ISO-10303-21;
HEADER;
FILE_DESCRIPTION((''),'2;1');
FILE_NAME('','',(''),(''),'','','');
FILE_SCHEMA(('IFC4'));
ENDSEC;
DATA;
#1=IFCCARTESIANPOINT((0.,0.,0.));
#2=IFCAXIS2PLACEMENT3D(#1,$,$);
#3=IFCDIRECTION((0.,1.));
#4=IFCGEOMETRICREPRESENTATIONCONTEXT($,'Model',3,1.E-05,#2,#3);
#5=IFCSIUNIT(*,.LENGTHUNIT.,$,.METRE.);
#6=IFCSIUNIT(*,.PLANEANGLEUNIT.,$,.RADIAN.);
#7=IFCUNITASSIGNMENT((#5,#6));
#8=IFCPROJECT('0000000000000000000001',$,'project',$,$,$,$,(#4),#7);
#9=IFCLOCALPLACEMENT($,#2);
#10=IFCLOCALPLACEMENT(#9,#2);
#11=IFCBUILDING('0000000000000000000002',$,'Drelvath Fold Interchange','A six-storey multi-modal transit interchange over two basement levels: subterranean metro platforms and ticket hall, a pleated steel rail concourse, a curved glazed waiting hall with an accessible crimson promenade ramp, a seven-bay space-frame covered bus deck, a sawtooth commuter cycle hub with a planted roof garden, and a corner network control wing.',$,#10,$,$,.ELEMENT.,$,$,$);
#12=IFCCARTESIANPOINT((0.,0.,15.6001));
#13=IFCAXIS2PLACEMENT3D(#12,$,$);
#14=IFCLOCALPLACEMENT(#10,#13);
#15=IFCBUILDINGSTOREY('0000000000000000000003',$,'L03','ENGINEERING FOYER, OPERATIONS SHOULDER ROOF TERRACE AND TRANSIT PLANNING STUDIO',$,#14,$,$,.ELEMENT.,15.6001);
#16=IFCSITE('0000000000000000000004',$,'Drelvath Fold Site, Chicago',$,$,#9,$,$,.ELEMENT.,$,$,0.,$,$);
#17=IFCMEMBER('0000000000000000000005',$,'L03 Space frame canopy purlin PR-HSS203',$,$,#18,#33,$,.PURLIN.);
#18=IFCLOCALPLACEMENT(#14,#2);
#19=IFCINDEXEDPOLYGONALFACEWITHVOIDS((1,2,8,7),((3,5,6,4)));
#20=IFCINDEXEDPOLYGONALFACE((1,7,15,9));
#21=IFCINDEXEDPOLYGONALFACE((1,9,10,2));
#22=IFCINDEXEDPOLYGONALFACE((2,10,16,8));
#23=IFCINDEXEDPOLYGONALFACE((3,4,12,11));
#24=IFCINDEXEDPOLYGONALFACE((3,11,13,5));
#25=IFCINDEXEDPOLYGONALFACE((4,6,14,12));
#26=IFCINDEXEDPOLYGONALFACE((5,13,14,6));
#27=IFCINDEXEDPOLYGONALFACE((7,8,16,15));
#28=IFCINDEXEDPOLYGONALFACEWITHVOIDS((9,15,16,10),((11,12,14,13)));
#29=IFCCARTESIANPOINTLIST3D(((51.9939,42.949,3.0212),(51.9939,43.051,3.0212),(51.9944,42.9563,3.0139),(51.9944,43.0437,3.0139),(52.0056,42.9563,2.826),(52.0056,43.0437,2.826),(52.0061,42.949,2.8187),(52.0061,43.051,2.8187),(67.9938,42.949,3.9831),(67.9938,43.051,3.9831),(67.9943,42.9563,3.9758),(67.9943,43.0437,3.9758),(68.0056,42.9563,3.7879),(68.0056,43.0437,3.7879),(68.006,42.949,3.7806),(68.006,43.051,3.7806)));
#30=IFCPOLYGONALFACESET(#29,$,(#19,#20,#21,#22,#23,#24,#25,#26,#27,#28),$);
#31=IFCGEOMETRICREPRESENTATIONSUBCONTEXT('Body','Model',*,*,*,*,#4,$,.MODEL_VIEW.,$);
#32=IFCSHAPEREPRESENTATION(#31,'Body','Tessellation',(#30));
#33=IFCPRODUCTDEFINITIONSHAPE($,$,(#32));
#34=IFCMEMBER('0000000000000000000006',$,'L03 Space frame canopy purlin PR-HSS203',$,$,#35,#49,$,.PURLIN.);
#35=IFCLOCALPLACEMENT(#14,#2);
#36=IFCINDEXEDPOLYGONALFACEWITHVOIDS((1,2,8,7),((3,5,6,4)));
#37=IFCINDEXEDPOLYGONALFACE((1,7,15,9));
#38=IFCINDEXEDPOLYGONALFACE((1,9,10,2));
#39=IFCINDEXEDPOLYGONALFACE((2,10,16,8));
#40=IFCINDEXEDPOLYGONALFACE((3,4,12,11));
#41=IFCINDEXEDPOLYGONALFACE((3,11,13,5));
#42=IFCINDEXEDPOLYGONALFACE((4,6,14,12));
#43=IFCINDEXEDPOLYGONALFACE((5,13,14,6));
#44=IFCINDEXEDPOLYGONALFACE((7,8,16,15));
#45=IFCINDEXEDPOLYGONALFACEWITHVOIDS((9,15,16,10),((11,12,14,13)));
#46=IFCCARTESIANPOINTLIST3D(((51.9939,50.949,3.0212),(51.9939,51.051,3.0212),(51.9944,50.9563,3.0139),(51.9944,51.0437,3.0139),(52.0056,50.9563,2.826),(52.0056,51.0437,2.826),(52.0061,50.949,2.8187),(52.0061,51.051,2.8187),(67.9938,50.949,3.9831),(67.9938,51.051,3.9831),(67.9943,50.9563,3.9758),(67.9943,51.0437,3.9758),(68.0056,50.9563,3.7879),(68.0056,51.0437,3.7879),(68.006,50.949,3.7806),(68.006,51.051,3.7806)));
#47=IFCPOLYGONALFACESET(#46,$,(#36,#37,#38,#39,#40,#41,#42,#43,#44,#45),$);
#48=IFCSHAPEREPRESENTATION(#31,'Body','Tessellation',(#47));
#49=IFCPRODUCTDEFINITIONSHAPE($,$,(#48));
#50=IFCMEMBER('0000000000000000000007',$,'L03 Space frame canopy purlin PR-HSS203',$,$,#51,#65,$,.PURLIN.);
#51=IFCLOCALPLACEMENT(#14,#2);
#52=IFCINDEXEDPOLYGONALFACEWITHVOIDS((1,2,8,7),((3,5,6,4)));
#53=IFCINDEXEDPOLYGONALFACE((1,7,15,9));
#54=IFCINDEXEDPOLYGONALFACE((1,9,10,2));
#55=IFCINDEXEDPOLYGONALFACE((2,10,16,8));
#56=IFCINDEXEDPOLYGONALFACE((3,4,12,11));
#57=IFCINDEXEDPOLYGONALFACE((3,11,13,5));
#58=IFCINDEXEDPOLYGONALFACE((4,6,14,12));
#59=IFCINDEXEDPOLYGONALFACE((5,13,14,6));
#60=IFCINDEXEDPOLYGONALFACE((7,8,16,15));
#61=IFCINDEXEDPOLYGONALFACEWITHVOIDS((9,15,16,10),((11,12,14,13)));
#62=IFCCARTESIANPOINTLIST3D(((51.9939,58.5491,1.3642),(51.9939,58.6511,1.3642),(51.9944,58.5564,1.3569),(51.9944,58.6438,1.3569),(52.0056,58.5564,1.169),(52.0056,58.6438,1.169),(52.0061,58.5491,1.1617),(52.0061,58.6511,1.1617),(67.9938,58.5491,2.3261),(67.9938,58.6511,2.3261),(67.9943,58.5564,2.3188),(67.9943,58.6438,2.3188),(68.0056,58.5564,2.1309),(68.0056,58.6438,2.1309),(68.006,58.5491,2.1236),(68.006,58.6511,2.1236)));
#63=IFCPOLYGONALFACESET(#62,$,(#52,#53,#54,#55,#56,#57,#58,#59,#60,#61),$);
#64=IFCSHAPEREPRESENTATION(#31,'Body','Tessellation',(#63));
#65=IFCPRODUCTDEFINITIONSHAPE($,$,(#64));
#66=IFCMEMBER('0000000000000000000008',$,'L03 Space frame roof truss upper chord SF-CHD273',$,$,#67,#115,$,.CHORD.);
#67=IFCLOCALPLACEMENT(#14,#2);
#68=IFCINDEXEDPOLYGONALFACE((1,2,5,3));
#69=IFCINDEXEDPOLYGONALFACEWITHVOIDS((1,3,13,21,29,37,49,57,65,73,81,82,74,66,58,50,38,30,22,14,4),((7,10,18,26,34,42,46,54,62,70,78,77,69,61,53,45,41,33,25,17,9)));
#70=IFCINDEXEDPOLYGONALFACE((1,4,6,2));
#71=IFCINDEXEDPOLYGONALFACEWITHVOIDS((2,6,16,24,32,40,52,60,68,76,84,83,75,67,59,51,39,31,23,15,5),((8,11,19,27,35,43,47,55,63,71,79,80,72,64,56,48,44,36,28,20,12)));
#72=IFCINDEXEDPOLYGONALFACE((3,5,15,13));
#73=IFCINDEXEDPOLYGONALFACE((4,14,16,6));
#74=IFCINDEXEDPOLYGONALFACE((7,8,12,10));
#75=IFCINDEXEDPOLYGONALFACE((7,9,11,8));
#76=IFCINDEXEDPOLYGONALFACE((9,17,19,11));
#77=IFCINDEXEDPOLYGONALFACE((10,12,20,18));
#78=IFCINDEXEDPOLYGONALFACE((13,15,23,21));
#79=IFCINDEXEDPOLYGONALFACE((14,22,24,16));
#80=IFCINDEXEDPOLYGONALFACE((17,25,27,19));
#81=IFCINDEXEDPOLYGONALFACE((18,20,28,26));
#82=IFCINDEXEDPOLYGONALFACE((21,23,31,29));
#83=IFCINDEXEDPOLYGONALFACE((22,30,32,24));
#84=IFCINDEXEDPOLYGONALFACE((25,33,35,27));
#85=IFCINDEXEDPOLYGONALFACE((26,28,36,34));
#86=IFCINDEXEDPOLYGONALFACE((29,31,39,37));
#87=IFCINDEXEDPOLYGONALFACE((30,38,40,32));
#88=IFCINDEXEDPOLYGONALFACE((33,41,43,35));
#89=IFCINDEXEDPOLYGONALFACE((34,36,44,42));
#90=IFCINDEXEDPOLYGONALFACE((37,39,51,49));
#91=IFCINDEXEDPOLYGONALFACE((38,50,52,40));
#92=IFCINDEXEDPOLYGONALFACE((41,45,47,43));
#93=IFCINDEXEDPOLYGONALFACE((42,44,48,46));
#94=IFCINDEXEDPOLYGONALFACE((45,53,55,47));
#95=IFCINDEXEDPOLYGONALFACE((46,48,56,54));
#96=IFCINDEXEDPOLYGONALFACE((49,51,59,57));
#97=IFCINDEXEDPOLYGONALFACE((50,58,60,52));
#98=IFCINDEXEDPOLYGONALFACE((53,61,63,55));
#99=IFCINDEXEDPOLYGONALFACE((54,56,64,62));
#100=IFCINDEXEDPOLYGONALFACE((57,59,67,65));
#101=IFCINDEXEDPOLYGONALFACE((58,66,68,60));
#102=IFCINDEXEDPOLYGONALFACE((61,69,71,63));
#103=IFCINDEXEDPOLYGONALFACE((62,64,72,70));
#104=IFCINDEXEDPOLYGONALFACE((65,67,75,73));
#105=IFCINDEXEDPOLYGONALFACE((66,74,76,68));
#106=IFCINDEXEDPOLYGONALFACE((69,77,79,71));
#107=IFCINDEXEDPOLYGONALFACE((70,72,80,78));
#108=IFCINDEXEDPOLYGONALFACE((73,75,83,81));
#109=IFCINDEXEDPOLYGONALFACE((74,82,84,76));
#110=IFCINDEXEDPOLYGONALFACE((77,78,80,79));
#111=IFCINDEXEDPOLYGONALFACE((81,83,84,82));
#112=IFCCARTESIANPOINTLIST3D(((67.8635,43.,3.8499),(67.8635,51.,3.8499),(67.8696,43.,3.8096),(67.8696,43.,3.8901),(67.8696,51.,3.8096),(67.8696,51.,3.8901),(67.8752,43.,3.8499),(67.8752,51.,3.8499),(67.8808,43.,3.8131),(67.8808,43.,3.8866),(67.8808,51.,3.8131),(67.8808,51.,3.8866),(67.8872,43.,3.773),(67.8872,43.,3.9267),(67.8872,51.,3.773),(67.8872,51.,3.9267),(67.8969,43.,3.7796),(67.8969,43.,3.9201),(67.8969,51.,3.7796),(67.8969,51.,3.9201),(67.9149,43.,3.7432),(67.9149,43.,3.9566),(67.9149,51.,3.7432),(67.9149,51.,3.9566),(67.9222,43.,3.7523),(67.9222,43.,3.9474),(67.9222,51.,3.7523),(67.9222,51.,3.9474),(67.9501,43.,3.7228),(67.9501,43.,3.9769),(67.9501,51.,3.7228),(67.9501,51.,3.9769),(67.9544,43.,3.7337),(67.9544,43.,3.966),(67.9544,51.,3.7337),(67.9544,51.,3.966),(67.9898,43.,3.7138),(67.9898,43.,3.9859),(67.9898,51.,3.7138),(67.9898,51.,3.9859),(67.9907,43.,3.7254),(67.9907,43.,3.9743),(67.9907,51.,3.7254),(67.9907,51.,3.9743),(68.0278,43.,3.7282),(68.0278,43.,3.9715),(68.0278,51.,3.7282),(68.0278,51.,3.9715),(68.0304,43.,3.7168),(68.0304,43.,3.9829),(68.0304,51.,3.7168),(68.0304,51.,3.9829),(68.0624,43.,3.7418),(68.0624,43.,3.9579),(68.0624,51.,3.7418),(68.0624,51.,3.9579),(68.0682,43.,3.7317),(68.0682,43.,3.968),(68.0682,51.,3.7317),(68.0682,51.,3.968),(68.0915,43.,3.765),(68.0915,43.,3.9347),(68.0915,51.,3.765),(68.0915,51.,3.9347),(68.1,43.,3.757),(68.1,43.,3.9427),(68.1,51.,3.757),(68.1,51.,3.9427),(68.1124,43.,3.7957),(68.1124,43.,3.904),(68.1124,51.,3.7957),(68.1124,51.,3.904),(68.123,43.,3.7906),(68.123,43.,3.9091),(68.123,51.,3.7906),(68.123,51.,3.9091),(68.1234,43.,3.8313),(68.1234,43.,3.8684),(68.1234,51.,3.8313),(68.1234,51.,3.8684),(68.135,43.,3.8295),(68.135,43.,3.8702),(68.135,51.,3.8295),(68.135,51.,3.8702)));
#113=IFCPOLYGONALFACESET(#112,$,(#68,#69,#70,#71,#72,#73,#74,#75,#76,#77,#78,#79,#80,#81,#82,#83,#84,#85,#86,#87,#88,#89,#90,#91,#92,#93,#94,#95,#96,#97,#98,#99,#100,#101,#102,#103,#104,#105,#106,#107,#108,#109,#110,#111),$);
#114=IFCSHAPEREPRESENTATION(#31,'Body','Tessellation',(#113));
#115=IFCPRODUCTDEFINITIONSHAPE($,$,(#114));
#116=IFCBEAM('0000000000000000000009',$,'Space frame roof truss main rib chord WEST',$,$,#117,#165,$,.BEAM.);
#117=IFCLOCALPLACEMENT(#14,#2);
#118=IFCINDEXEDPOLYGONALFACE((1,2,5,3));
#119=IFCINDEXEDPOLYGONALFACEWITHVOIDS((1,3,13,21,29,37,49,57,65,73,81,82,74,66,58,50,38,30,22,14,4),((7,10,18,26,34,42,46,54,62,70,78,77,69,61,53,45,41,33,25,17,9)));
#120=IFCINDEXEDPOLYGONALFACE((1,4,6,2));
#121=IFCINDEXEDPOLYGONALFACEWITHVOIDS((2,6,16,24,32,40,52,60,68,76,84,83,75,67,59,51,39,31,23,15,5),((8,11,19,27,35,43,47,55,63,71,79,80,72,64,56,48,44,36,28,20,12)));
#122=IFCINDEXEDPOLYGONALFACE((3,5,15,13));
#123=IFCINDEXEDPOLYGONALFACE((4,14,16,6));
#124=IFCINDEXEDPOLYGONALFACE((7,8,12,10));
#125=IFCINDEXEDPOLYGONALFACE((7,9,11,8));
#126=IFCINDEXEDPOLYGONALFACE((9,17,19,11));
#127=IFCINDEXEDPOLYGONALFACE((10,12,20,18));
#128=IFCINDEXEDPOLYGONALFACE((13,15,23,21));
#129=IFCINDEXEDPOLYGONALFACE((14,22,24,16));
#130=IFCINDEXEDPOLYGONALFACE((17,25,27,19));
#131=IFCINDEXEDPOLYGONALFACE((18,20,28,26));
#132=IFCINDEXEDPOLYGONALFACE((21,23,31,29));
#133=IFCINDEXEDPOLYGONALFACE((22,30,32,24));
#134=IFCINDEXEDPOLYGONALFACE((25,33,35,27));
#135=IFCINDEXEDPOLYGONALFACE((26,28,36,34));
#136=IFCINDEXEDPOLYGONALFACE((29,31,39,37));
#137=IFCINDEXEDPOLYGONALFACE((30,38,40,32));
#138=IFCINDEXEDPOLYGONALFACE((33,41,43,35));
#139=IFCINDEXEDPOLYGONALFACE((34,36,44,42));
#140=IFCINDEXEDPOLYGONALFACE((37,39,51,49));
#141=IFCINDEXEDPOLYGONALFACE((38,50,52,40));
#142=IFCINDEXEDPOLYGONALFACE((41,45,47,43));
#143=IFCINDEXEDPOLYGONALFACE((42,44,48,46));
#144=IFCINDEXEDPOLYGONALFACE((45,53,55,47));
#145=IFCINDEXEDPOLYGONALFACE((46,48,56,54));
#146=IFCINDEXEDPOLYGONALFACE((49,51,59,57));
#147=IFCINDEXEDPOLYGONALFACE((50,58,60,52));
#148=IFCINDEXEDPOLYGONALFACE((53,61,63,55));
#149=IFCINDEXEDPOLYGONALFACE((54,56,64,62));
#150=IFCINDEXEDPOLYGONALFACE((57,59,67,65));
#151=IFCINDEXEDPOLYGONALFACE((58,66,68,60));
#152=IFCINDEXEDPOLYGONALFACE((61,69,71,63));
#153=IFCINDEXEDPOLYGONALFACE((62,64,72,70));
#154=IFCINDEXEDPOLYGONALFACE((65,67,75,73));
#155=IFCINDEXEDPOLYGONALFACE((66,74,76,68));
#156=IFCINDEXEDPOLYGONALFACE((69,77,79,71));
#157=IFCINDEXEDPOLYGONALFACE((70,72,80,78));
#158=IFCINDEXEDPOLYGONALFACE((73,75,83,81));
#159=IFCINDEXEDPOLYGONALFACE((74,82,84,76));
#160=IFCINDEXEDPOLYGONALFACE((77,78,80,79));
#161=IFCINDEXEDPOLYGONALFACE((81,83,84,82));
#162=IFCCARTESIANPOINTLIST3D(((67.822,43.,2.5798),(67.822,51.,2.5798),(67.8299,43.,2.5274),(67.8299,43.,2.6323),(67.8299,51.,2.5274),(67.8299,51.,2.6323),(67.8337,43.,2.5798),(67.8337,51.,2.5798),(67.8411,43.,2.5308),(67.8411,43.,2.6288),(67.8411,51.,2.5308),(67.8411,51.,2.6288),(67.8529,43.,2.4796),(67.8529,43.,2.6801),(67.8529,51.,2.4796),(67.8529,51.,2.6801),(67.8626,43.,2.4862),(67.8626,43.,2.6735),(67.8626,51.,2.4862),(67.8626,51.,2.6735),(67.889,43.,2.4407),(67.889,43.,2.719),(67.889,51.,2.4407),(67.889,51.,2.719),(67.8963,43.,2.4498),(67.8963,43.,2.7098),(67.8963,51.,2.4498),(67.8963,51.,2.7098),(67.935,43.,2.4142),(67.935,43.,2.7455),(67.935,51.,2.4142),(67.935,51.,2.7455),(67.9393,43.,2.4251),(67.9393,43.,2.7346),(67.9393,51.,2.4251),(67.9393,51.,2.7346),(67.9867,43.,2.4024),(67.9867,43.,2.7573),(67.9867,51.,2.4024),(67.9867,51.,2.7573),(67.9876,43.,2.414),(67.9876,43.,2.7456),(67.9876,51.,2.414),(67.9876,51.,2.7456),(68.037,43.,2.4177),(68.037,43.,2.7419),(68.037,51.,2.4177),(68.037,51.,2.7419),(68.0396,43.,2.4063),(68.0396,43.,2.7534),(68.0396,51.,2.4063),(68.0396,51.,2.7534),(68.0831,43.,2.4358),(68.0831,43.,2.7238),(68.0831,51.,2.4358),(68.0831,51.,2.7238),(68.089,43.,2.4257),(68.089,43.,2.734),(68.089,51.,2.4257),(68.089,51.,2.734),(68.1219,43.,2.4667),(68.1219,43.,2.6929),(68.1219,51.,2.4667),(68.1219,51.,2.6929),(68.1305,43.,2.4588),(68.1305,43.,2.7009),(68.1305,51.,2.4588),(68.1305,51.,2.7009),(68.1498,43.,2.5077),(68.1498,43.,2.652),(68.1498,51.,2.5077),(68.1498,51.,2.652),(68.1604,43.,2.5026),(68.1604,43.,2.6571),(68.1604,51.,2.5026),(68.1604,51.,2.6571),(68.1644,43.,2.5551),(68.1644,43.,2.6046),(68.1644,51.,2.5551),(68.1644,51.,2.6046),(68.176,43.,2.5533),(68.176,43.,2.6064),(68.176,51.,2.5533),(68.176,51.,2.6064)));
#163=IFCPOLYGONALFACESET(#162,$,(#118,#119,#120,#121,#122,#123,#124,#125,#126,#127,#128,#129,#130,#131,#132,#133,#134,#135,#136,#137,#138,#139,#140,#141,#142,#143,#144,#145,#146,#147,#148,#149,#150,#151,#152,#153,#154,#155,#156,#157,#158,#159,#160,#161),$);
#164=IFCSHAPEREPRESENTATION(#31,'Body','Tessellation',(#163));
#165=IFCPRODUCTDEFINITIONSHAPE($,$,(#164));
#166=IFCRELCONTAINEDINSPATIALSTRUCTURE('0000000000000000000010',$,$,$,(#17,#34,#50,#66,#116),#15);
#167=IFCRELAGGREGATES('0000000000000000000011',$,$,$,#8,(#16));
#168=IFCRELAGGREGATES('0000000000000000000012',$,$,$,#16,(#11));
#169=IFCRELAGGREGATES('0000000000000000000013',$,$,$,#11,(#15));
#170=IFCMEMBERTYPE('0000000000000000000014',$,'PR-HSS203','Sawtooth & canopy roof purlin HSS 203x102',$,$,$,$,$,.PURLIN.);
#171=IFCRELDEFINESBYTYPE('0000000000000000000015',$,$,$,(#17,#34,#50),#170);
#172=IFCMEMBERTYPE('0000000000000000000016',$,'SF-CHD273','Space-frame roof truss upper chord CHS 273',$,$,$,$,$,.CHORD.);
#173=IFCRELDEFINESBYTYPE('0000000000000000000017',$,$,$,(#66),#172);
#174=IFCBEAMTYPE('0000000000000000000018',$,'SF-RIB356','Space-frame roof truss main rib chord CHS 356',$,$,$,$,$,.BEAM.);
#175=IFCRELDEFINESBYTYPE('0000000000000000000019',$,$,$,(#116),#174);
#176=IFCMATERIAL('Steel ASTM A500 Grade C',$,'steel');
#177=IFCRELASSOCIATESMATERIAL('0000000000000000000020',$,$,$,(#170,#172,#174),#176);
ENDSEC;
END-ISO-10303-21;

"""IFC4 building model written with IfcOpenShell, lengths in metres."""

from ifc_helpers import new_model, si_unit, direction, frame, origin, origin_2d, place, context, subcontext, project, spatial, hollow_rectangle, hollow_circle, extrude, material, material_profile, profile_set, type_object, element, save


model = new_model("IFC4")

# Units and contexts
model_context = context("Model", 3, precision=1e-05, world=origin(), true_north=direction((0.0, 1.0)))
body_context = subcontext(model_context, "Body", "Model", "MODEL_VIEW")
ifc_project = project(units=[si_unit("LENGTHUNIT", "METRE"), si_unit("PLANEANGLEUNIT", "RADIAN")], contexts=[model_context])

# Site, building, storey
site_placement = place(None, origin())
site = spatial("IfcSite", under=ifc_project, at=site_placement, Name="Drelvath Fold Site, Chicago", CompositionType="ELEMENT", RefElevation=0.0)
building_placement = place(site_placement, origin())
building = spatial("IfcBuilding", under=site, at=building_placement, Name="Drelvath Fold Interchange", Description="A six-storey multi-modal transit interchange over two basement levels: subterranean metro platforms and ticket hall, a pleated steel rail concourse, a curved glazed waiting hall with an accessible crimson promenade ramp, a seven-bay space-frame covered bus deck, a sawtooth commuter cycle hub with a planted roof garden, and a corner network control wing.", CompositionType="ELEMENT")
storey_placement = place(building_placement, frame((0.0, 0.0, 15.6001)))
storey = spatial("IfcBuildingStorey", under=building, at=storey_placement, Name="L03", Description="ENGINEERING FOYER, OPERATIONS SHOULDER ROOF TERRACE AND TRANSIT PLANNING STUDIO", CompositionType="ELEMENT", Elevation=15.6001)

# Members
ifc_material_1 = material(Name="Steel ASTM A500 Grade C", Category="steel")
ifc_material_profile_1 = material_profile(ifc_material_1, hollow_rectangle(XDim=0.1021, YDim=0.2029, WallThickness=0.0073, at=origin_2d()), Name="HSS8X4X5/16")
ifc_profile_set_1 = profile_set([ifc_material_profile_1], Name="Steel ASTM A500 Grade C")
member_type_1 = type_object("IfcMemberType", Name="PR-HSS203", Description="Sawtooth & canopy roof purlin HSS 203x102", PredefinedType="PURLIN", material=ifc_profile_set_1)
for number, where, z_axis, x_axis, name in (
    (1, (52.0, 43.0, 2.9199), (0.998198, 0.0, 0.060011), (0.0, 1.0, 0.0), "L03 Space frame canopy purlin PR-HSS203"),
    (2, (52.0, 51.0, 2.9199), (0.998198, 0.0, 0.060011), (0.0, 1.0, 0.0), "L03 Space frame canopy purlin PR-HSS203"),
    (3, (52.0, 58.6001, 1.2629), (0.998198, 0.0, 0.060011), (0.0, 1.0, 0.0), "L03 Space frame canopy purlin PR-HSS203"),
):
    element("IfcMember", number, at=place(storey_placement, frame(where, z_axis=z_axis, x_axis=x_axis)), inside=storey, type_object=member_type_1, Name=name, PredefinedType="PURLIN", context=body_context, shape_type="SweptSolid", body=[
        extrude(hollow_rectangle(XDim=0.1021, YDim=0.2029, WallThickness=0.0073, at=origin_2d()), origin(), (0.0, 0.0, 1.0), 16.0288),
    ])
ifc_material_profile_2 = material_profile(ifc_material_1, hollow_circle(Radius=0.1365, WallThickness=0.0117, at=origin_2d()), Name="HSS10.750X0.500")
ifc_profile_set_2 = profile_set([ifc_material_profile_2], Name="Steel ASTM A500 Grade C")
member_type_2 = type_object("IfcMemberType", Name="SF-CHD273", Description="Space-frame roof truss upper chord CHS 273", PredefinedType="CHORD", material=ifc_profile_set_2)
member_1_placement = place(storey_placement, frame((68.0, 43.0, 3.8499), z_axis=(0.0, 1.0, 0.0), x_axis=(-1.0, 0.0, 0.0)))
element("IfcMember", 4, at=member_1_placement, inside=storey, type_object=member_type_2, Name="L03 Space frame roof truss upper chord SF-CHD273", PredefinedType="CHORD", context=body_context, shape_type="SweptSolid", body=[
    extrude(hollow_circle(Radius=0.1365, WallThickness=0.0117, at=origin_2d()), origin(), (0.0, 0.0, 1.0), 8.0),
])

# Beam
ifc_material_profile_3 = material_profile(ifc_material_1, hollow_circle(Radius=0.178, WallThickness=0.0117, at=origin_2d()), Name="HSS14.000X0.500")
ifc_profile_set_3 = profile_set([ifc_material_profile_3], Name="Steel ASTM A500 Grade C")
beam_type_1 = type_object("IfcBeamType", Name="SF-RIB356", Description="Space-frame roof truss main rib chord CHS 356", PredefinedType="BEAM", material=ifc_profile_set_3)
beam_placement = place(storey_placement, frame((68.0, 43.0, 2.5798), z_axis=(0.0, 1.0, 0.0), x_axis=(-1.0, 0.0, 0.0)))
element("IfcBeam", 5, at=beam_placement, inside=storey, type_object=beam_type_1, Name="Space frame roof truss main rib chord WEST", PredefinedType="BEAM", context=body_context, shape_type="SweptSolid", body=[
    extrude(hollow_circle(Radius=0.178, WallThickness=0.0117, at=origin_2d()), origin(), (0.0, 0.0, 1.0), 8.0),
])

save(model, "model.ifc")
